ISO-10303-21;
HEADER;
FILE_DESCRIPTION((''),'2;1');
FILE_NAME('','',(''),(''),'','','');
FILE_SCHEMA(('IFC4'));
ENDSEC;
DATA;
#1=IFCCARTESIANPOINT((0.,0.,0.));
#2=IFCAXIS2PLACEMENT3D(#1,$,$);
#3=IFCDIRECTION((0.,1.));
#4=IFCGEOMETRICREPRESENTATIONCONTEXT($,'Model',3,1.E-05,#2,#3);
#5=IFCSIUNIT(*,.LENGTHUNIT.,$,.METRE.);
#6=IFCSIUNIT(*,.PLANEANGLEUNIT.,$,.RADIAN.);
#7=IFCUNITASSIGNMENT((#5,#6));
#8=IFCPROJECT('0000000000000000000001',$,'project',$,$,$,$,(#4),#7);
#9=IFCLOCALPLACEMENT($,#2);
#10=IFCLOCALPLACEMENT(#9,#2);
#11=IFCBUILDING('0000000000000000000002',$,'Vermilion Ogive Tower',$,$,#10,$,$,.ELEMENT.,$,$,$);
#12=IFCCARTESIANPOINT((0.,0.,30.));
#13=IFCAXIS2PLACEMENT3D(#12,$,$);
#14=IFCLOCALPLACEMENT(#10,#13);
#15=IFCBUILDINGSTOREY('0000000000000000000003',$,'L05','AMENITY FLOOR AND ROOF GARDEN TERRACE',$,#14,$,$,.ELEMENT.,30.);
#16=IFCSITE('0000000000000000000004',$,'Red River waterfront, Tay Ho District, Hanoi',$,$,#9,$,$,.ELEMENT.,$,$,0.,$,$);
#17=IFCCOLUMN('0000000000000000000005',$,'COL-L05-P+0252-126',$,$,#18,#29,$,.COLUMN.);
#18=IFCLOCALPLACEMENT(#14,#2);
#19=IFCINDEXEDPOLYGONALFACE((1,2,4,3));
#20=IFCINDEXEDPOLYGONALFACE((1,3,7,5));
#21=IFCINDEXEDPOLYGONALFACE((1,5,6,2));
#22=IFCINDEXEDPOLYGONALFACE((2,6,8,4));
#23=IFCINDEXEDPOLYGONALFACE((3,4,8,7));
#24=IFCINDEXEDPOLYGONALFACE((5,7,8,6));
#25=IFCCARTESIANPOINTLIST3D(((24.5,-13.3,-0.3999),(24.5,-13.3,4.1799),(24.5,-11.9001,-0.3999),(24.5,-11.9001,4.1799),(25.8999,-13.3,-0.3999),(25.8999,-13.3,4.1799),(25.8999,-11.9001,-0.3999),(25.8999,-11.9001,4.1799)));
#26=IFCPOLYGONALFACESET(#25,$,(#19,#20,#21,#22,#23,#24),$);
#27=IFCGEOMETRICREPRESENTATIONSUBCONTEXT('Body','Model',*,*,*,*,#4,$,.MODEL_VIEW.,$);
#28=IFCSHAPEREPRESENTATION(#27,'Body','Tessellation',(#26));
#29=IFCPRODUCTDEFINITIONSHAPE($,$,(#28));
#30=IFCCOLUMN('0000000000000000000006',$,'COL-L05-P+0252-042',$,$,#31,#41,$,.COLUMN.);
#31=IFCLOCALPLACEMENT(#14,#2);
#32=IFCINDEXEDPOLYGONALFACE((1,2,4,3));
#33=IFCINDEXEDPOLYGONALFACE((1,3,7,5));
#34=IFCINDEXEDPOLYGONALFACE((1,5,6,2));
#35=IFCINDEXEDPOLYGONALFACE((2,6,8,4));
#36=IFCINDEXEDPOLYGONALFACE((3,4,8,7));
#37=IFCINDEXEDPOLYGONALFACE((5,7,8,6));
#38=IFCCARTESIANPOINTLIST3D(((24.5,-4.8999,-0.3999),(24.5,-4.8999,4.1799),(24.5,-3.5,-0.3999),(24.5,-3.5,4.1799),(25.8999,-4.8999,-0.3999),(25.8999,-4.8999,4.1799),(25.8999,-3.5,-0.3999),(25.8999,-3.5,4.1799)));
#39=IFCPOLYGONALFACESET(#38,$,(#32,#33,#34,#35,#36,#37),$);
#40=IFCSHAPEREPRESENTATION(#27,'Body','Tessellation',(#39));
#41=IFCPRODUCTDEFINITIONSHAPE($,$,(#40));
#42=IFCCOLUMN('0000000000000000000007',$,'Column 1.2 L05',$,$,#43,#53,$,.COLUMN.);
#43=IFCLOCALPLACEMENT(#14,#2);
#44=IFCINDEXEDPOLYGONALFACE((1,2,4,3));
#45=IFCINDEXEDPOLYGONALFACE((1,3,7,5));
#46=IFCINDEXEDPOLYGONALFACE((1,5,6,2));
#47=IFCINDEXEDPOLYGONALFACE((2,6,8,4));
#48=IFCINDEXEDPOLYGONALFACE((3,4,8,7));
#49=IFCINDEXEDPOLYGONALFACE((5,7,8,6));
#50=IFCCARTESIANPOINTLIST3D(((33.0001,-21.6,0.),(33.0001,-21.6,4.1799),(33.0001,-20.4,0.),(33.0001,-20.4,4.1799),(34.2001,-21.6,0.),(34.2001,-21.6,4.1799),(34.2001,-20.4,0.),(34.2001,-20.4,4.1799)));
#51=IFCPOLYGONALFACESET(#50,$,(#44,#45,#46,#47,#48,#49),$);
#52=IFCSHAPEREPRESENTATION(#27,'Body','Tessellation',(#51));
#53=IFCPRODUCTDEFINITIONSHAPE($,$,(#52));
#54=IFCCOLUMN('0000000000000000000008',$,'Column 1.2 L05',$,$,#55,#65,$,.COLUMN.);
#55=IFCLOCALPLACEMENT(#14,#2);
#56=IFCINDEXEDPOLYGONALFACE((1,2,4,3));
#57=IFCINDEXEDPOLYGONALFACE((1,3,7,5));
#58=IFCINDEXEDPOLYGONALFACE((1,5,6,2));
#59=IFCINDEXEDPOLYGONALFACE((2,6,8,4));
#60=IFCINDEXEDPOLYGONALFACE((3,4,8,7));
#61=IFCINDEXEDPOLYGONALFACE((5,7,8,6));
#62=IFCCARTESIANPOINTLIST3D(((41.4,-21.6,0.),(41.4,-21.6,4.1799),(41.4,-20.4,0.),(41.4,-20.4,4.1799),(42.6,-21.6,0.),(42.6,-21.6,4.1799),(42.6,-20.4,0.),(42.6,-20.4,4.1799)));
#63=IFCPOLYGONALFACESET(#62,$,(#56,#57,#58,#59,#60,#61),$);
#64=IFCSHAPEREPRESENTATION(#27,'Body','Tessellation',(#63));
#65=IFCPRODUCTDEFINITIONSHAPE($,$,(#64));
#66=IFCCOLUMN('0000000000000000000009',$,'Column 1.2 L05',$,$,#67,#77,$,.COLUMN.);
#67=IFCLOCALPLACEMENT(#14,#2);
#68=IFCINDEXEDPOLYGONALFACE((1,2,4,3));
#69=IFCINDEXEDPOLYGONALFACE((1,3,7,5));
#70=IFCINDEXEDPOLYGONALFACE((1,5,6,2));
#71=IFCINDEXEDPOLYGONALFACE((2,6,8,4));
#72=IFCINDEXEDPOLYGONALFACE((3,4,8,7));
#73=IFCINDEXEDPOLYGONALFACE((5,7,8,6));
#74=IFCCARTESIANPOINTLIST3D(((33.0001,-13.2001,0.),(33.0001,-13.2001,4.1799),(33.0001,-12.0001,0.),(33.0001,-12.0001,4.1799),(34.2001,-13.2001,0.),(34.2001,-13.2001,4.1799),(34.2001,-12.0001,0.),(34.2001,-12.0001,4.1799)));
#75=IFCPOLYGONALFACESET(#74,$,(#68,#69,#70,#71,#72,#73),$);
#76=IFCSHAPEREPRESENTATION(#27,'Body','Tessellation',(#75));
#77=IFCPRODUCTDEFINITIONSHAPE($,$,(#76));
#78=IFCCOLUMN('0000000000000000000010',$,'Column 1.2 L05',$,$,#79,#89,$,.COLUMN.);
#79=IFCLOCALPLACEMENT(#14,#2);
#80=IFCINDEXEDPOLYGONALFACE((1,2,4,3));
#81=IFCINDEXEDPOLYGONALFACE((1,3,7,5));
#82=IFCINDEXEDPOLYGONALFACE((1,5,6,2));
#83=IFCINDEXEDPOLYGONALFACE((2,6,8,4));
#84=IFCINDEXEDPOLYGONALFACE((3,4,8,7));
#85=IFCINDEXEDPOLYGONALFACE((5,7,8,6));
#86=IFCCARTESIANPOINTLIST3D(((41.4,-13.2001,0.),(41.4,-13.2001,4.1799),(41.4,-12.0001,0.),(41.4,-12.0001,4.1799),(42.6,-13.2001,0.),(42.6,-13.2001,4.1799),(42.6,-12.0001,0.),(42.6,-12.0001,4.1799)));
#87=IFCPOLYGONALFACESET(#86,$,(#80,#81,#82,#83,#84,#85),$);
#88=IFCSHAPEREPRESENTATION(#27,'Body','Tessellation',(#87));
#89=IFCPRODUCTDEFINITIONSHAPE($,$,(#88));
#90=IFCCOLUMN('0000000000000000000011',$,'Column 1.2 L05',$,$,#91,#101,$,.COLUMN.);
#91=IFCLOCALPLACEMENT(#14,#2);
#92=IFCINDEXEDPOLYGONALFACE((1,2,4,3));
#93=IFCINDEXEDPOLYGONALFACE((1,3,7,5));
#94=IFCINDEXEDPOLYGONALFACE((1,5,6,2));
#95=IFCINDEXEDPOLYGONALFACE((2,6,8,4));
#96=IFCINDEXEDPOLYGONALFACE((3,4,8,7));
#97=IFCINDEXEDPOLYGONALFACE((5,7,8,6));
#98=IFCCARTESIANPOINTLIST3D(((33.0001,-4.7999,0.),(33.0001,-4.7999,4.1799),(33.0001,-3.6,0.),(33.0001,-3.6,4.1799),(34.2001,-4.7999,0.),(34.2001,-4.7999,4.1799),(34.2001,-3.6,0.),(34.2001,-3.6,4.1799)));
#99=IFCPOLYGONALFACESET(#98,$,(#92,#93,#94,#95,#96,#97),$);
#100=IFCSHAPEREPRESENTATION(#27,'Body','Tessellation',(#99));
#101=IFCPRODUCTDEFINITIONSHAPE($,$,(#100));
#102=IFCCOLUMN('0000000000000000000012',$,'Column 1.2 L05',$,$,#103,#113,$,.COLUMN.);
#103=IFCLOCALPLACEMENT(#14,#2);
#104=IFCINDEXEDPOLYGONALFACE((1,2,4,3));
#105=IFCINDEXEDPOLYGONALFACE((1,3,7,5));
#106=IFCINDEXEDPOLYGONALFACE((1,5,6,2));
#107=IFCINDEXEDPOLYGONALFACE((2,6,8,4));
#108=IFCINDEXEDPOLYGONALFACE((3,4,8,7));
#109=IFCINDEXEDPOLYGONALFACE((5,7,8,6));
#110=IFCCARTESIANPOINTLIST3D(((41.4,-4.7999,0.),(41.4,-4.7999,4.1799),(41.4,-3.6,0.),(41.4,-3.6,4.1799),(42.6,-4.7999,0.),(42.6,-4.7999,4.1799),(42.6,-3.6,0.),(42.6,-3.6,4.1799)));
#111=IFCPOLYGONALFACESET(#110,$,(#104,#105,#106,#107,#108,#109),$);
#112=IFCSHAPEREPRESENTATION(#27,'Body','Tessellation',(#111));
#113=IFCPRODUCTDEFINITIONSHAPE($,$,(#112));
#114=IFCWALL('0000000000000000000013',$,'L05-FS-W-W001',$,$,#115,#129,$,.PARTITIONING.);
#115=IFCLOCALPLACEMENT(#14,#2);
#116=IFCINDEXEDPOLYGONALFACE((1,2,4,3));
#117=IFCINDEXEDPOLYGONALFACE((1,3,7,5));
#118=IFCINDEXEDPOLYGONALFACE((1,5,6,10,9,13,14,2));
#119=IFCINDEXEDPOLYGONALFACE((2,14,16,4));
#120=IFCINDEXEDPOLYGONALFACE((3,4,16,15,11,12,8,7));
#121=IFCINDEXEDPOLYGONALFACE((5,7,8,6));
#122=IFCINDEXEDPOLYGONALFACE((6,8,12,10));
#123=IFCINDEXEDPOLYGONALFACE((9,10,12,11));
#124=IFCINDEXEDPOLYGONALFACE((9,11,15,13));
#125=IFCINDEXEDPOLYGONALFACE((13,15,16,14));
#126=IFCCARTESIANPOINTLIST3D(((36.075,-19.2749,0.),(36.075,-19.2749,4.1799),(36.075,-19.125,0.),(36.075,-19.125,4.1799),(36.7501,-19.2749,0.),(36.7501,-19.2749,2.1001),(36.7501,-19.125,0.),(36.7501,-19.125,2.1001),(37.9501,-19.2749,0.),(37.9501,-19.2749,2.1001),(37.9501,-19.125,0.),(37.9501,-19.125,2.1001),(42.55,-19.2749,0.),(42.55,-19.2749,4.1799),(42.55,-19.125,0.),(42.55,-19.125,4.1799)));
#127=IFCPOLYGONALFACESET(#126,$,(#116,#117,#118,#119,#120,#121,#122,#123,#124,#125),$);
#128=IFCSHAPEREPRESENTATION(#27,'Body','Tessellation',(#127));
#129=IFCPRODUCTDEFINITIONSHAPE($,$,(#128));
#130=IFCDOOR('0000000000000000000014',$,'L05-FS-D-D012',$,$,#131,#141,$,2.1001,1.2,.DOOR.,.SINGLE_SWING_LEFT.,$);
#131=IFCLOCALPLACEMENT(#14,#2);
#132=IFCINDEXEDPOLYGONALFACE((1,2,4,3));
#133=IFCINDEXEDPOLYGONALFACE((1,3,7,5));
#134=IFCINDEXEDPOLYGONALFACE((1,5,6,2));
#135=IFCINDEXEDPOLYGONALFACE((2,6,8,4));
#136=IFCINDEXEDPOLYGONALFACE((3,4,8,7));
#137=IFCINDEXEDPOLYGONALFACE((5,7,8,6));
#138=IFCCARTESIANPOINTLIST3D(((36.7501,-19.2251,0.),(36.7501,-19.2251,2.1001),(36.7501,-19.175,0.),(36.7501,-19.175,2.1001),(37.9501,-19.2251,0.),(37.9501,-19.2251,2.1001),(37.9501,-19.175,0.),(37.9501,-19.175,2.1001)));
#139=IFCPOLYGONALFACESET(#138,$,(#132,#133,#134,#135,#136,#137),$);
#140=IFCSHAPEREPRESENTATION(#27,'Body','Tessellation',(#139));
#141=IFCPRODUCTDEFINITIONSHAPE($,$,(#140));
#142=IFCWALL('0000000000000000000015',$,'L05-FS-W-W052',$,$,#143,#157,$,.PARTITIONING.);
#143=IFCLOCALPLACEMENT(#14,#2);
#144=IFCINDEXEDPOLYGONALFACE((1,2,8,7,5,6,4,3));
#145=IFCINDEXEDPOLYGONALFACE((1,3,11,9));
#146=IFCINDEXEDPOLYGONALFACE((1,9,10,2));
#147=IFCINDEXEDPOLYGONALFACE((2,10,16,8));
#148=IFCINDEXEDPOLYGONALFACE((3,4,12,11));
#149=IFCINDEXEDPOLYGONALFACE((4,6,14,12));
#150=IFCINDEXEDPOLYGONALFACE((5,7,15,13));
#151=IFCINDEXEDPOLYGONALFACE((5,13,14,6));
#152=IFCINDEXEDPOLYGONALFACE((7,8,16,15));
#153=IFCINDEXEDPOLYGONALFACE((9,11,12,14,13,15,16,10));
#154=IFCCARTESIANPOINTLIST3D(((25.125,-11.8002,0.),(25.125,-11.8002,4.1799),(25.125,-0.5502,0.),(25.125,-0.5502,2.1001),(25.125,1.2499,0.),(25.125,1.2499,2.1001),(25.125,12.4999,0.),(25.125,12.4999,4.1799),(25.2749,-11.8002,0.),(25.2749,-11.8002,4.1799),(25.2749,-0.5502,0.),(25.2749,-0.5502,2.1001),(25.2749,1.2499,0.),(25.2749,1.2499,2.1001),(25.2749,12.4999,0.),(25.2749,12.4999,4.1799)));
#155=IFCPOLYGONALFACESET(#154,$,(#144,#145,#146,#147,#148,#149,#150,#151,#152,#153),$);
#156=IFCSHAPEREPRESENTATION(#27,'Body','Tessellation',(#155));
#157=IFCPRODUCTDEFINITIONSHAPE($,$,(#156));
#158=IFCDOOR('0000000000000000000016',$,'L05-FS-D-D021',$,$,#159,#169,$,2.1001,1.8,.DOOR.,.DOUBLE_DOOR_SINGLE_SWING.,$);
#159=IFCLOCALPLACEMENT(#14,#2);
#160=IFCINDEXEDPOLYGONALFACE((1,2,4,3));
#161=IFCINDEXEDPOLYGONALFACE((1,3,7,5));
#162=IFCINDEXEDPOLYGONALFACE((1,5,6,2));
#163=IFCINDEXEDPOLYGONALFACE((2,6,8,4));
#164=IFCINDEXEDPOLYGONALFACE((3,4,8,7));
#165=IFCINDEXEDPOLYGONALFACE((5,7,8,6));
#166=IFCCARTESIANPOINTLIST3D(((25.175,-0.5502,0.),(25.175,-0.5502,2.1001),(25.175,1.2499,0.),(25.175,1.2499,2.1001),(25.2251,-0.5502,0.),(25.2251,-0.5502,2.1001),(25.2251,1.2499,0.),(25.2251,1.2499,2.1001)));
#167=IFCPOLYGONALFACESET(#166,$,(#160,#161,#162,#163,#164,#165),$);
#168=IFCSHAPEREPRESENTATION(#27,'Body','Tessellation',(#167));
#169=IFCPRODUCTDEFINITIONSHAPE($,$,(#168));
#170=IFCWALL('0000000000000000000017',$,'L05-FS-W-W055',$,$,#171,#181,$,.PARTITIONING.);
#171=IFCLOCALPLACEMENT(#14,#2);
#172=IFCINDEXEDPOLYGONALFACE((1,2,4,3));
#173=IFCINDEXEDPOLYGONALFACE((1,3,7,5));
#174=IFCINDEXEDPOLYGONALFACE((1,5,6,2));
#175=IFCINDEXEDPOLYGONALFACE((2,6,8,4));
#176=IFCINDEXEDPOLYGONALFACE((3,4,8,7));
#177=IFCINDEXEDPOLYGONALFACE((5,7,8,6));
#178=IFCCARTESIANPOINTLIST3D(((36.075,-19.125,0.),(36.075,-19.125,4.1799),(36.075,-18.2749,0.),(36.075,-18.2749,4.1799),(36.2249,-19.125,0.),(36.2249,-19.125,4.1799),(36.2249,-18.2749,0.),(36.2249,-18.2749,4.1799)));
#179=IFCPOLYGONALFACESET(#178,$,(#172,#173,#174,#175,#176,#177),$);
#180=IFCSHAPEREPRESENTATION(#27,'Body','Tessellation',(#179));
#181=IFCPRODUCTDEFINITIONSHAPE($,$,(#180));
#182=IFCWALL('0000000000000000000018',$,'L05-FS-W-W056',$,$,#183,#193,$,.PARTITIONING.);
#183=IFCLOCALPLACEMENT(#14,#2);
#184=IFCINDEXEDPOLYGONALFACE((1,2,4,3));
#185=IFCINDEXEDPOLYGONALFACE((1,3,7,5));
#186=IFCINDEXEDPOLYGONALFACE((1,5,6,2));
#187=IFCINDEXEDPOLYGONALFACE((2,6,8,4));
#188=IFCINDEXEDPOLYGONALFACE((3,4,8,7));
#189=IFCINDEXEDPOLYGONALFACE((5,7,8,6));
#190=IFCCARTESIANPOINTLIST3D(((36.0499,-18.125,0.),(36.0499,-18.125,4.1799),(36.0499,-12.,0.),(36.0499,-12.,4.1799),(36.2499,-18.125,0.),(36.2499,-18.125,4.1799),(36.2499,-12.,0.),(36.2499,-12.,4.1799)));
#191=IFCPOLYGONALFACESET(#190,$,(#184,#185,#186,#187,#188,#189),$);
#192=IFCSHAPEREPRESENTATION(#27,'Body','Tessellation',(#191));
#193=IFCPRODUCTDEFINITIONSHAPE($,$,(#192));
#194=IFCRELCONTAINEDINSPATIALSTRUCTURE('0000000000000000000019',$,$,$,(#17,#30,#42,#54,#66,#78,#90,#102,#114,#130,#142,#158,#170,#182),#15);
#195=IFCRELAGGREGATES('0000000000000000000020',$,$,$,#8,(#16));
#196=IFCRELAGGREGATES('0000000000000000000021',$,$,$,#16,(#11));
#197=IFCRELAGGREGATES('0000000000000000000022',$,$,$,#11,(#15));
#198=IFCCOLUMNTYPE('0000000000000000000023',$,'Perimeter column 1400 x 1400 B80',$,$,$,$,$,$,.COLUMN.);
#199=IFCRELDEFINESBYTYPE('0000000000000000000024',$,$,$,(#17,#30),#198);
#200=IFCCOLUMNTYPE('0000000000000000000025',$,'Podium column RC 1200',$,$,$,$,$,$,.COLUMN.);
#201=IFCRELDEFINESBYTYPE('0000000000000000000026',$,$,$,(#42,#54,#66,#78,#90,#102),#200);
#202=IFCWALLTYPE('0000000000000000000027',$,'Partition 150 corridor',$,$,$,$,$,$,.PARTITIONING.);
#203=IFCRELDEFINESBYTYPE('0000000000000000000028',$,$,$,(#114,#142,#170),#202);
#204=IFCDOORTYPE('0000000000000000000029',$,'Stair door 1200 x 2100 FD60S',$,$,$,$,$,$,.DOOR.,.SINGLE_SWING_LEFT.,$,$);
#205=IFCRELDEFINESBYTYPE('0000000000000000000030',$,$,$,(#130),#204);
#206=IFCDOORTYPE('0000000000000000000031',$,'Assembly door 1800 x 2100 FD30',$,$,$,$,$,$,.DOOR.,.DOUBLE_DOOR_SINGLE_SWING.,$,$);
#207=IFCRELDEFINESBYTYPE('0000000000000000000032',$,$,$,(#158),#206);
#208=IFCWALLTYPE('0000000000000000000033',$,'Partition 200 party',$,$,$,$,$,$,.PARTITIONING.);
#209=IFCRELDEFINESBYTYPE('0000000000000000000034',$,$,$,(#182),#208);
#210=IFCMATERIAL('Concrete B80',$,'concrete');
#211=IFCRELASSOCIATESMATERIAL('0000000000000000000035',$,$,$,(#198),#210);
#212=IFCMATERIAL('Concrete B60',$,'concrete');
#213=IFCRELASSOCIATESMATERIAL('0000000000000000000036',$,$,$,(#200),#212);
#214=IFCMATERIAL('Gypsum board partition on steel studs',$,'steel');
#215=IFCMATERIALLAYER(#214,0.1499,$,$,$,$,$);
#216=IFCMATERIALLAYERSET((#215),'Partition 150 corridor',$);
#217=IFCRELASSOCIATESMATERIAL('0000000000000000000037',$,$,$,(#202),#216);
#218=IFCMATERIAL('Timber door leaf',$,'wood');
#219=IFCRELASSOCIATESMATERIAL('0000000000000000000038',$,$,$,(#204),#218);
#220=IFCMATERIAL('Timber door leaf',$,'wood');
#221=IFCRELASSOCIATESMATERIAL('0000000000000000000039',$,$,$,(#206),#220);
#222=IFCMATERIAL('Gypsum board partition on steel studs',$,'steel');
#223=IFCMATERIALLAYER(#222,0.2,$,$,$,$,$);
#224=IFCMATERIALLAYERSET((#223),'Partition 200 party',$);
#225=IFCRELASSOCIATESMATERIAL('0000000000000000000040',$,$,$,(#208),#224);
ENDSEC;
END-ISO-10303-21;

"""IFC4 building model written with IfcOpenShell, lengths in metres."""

from ifc_helpers import new_model, si_unit, direction, frame, frame_2d, origin, origin_2d, place, context, subcontext, project, spatial, rectangle, extrude, material, layer, layer_set, material_profile, profile_set, type_object, element, fill, save


model = new_model("IFC4")

# Units and contexts
model_context = context("Model", 3, precision=1e-05, world=origin(), true_north=direction((0.0, 1.0)))
body_context = subcontext(model_context, "Body", "Model", "MODEL_VIEW")
ifc_project = project(units=[si_unit("LENGTHUNIT", "METRE"), si_unit("PLANEANGLEUNIT", "RADIAN")], contexts=[model_context])

# Site, building, storey
site_placement = place(None, origin())
site = spatial("IfcSite", under=ifc_project, at=site_placement, Name="Red River waterfront, Tay Ho District, Hanoi", CompositionType="ELEMENT", RefElevation=0.0)
building_placement = place(site_placement, origin())
building = spatial("IfcBuilding", under=site, at=building_placement, Name="Vermilion Ogive Tower", CompositionType="ELEMENT")
storey_placement = place(building_placement, frame((0.0, 0.0, 30.0)))
storey = spatial("IfcBuildingStorey", under=building, at=storey_placement, Name="L05", Description="AMENITY FLOOR AND ROOF GARDEN TERRACE", CompositionType="ELEMENT", Elevation=30.0)

# Columns
ifc_material_1 = material(Name="Concrete B80", Category="concrete")
ifc_material_profile_1 = material_profile(ifc_material_1, rectangle(XDim=1.3999, YDim=1.3999, at=origin_2d()), Name="1400 x 1400")
ifc_profile_set_1 = profile_set([ifc_material_profile_1], Name="Concrete B80")
column_type_1 = type_object("IfcColumnType", Name="Perimeter column 1400 x 1400 B80", PredefinedType="COLUMN", material=ifc_profile_set_1)
for number, where, z_axis, x_axis, name in (
    (1, (25.2, -12.6001, -0.3999), (0.0, 0.0, 1.0), (1.0, 0.0, 0.0), "COL-L05-P+0252-126"),
    (2, (25.2, -4.2, -0.3999), (0.0, 0.0, 1.0), (1.0, 0.0, 0.0), "COL-L05-P+0252-042"),
):
    element("IfcColumn", number, at=place(storey_placement, frame(where, z_axis=z_axis, x_axis=x_axis)), inside=storey, type_object=column_type_1, Name=name, PredefinedType="COLUMN", context=body_context, shape_type="SweptSolid", body=[
        extrude(rectangle(XDim=1.3999, YDim=1.3999, at=origin_2d()), origin(), (0.0, 0.0, 1.0), 4.5798),
    ])
ifc_material_2 = material(Name="Concrete B60", Category="concrete")
ifc_material_profile_2 = material_profile(ifc_material_2, rectangle(XDim=1.2, YDim=1.2, at=origin_2d()), Name="RC 1200x1200")
ifc_profile_set_2 = profile_set([ifc_material_profile_2], Name="Concrete B60")
column_type_2 = type_object("IfcColumnType", Name="Podium column RC 1200", PredefinedType="COLUMN", material=ifc_profile_set_2)
for number, where, z_axis, x_axis, name in (
    (3, (33.6001, -21.0, 0.0), (0.0, 0.0, 1.0), (1.0, 0.0, 0.0), "Column 1.2 L05"),
    (4, (42.0, -21.0, 0.0), (0.0, 0.0, 1.0), (1.0, 0.0, 0.0), "Column 1.2 L05"),
    (5, (33.6001, -12.6001, 0.0), (0.0, 0.0, 1.0), (1.0, 0.0, 0.0), "Column 1.2 L05"),
    (6, (42.0, -12.6001, 0.0), (0.0, 0.0, 1.0), (1.0, 0.0, 0.0), "Column 1.2 L05"),
    (7, (33.6001, -4.2, 0.0), (0.0, 0.0, 1.0), (1.0, 0.0, 0.0), "Column 1.2 L05"),
    (8, (42.0, -4.2, 0.0), (0.0, 0.0, 1.0), (1.0, 0.0, 0.0), "Column 1.2 L05"),
):
    element("IfcColumn", number, at=place(storey_placement, frame(where, z_axis=z_axis, x_axis=x_axis)), inside=storey, type_object=column_type_2, Name=name, PredefinedType="COLUMN", context=body_context, shape_type="SweptSolid", body=[
        extrude(rectangle(XDim=1.2, YDim=1.2, at=origin_2d()), origin(), (0.0, 0.0, 1.0), 4.1799),
    ])

# Walls, openings, doors
ifc_material_3 = material(Name="Gypsum board partition on steel studs", Category="steel")
ifc_layer_1 = layer(ifc_material_3, 0.1499)
ifc_layer_set_1 = layer_set([ifc_layer_1], Name="Partition 150 corridor")
wall_type_1 = type_object("IfcWallType", Name="Partition 150 corridor", PredefinedType="PARTITIONING", material=ifc_layer_set_1)
wall_1_placement = place(storey_placement, frame((36.075, -19.2, 0.0), z_axis=(0.0, 0.0, 1.0), x_axis=(1.0, 0.0, 0.0)))
wall_1 = element("IfcWall", 9, at=wall_1_placement, inside=storey, type_object=wall_type_1, Name="L05-FS-W-W001", PredefinedType="PARTITIONING", context=body_context, shape_type="SweptSolid", body=[
    extrude(rectangle(XDim=6.4751, YDim=0.1499, at=frame_2d((3.2375, 0.0))), origin(), (0.0, 0.0, 1.0), 4.1799),
])
opening_1_placement = place(wall_1_placement, frame((0.675, 0.0, 0.0)))
opening_1 = element("IfcOpeningElement", 10, at=opening_1_placement, cuts=wall_1, PredefinedType="OPENING", context=body_context, shape_type="SweptSolid", body=[
    extrude(rectangle(XDim=1.2, YDim=2.1001, at=frame_2d((0.6001, 1.05))), frame((0.0, 0.085, 0.0), z_axis=(0.0, -1.0, 0.0), x_axis=(1.0, 0.0, 0.0)), (0.0, 0.0, 1.0), 0.1699),
])
ifc_material_4 = material(Name="Timber door leaf", Category="wood")
door_type_1 = type_object("IfcDoorType", Name="Stair door 1200 x 2100 FD60S", OperationType="SINGLE_SWING_LEFT", PredefinedType="DOOR", material=ifc_material_4)
door_1_placement = place(opening_1_placement, origin())
door_1 = element("IfcDoor", 11, at=door_1_placement, inside=storey, type_object=door_type_1, Name="L05-FS-D-D012", OperationType="SINGLE_SWING_LEFT", OverallHeight=2.1001, OverallWidth=1.2, PredefinedType="DOOR", context=body_context, shape_type="SweptSolid", body=[
    extrude(rectangle(XDim=1.2, YDim=2.1001, at=frame_2d((0.6001, 1.05))), frame((0.0, 0.0249, 0.0), z_axis=(0.0, -1.0, 0.0), x_axis=(1.0, 0.0, 0.0)), (0.0, 0.0, 1.0), 0.05),
])
fill(opening_1, door_1)
wall_2_placement = place(storey_placement, frame((25.2, -11.8, 0.0), z_axis=(0.0, 0.0, 1.0), x_axis=(0.0, 1.0, 0.0)))
wall_2 = element("IfcWall", 12, at=wall_2_placement, inside=storey, type_object=wall_type_1, Name="L05-FS-W-W052", PredefinedType="PARTITIONING", context=body_context, shape_type="SweptSolid", body=[
    extrude(rectangle(XDim=24.3, YDim=0.1499, at=frame_2d((12.1499, 0.0))), origin(), (0.0, 0.0, 1.0), 4.1799),
])
opening_2_placement = place(wall_2_placement, frame((11.25, 0.0, 0.0)))
opening_2 = element("IfcOpeningElement", 13, at=opening_2_placement, cuts=wall_2, PredefinedType="OPENING", context=body_context, shape_type="SweptSolid", body=[
    extrude(rectangle(XDim=1.8, YDim=2.1001, at=frame_2d((0.8999, 1.05))), frame((0.0, 0.085, 0.0), z_axis=(0.0, -1.0, 0.0), x_axis=(1.0, 0.0, 0.0)), (0.0, 0.0, 1.0), 0.1699),
])
ifc_material_5 = material(Name="Timber door leaf", Category="wood")
door_type_2 = type_object("IfcDoorType", Name="Assembly door 1800 x 2100 FD30", OperationType="DOUBLE_DOOR_SINGLE_SWING", PredefinedType="DOOR", material=ifc_material_5)
door_2_placement = place(opening_2_placement, origin())
door_2 = element("IfcDoor", 14, at=door_2_placement, inside=storey, type_object=door_type_2, Name="L05-FS-D-D021", OperationType="DOUBLE_DOOR_SINGLE_SWING", OverallHeight=2.1001, OverallWidth=1.8, PredefinedType="DOOR", context=body_context, shape_type="SweptSolid", body=[
    extrude(rectangle(XDim=1.8, YDim=2.1001, at=frame_2d((0.8999, 1.05))), frame((0.0, 0.0249, 0.0), z_axis=(0.0, -1.0, 0.0), x_axis=(1.0, 0.0, 0.0)), (0.0, 0.0, 1.0), 0.05),
])
fill(opening_2, door_2)

# Walls
wall_3_placement = place(storey_placement, frame((36.1499, -19.125, 0.0), z_axis=(0.0, 0.0, 1.0), x_axis=(0.0, 1.0, 0.0)))
element("IfcWall", 15, at=wall_3_placement, inside=storey, type_object=wall_type_1, Name="L05-FS-W-W055", PredefinedType="PARTITIONING", context=body_context, shape_type="SweptSolid", body=[
    extrude(rectangle(XDim=0.8501, YDim=0.1499, at=frame_2d((0.425, 0.0))), origin(), (0.0, 0.0, 1.0), 4.1799),
])
ifc_material_6 = material(Name="Gypsum board partition on steel studs", Category="steel")
ifc_layer_2 = layer(ifc_material_6, 0.2)
ifc_layer_set_2 = layer_set([ifc_layer_2], Name="Partition 200 party")
wall_type_2 = type_object("IfcWallType", Name="Partition 200 party", PredefinedType="PARTITIONING", material=ifc_layer_set_2)
wall_4_placement = place(storey_placement, frame((36.1499, -18.125, 0.0), z_axis=(0.0, 0.0, 1.0), x_axis=(0.0, 1.0, 0.0)))
element("IfcWall", 16, at=wall_4_placement, inside=storey, type_object=wall_type_2, Name="L05-FS-W-W056", PredefinedType="PARTITIONING", context=body_context, shape_type="SweptSolid", body=[
    extrude(rectangle(XDim=6.125, YDim=0.2, at=frame_2d((3.0625, 0.0))), origin(), (0.0, 0.0, 1.0), 4.1799),
])

save(model, "model.ifc")
